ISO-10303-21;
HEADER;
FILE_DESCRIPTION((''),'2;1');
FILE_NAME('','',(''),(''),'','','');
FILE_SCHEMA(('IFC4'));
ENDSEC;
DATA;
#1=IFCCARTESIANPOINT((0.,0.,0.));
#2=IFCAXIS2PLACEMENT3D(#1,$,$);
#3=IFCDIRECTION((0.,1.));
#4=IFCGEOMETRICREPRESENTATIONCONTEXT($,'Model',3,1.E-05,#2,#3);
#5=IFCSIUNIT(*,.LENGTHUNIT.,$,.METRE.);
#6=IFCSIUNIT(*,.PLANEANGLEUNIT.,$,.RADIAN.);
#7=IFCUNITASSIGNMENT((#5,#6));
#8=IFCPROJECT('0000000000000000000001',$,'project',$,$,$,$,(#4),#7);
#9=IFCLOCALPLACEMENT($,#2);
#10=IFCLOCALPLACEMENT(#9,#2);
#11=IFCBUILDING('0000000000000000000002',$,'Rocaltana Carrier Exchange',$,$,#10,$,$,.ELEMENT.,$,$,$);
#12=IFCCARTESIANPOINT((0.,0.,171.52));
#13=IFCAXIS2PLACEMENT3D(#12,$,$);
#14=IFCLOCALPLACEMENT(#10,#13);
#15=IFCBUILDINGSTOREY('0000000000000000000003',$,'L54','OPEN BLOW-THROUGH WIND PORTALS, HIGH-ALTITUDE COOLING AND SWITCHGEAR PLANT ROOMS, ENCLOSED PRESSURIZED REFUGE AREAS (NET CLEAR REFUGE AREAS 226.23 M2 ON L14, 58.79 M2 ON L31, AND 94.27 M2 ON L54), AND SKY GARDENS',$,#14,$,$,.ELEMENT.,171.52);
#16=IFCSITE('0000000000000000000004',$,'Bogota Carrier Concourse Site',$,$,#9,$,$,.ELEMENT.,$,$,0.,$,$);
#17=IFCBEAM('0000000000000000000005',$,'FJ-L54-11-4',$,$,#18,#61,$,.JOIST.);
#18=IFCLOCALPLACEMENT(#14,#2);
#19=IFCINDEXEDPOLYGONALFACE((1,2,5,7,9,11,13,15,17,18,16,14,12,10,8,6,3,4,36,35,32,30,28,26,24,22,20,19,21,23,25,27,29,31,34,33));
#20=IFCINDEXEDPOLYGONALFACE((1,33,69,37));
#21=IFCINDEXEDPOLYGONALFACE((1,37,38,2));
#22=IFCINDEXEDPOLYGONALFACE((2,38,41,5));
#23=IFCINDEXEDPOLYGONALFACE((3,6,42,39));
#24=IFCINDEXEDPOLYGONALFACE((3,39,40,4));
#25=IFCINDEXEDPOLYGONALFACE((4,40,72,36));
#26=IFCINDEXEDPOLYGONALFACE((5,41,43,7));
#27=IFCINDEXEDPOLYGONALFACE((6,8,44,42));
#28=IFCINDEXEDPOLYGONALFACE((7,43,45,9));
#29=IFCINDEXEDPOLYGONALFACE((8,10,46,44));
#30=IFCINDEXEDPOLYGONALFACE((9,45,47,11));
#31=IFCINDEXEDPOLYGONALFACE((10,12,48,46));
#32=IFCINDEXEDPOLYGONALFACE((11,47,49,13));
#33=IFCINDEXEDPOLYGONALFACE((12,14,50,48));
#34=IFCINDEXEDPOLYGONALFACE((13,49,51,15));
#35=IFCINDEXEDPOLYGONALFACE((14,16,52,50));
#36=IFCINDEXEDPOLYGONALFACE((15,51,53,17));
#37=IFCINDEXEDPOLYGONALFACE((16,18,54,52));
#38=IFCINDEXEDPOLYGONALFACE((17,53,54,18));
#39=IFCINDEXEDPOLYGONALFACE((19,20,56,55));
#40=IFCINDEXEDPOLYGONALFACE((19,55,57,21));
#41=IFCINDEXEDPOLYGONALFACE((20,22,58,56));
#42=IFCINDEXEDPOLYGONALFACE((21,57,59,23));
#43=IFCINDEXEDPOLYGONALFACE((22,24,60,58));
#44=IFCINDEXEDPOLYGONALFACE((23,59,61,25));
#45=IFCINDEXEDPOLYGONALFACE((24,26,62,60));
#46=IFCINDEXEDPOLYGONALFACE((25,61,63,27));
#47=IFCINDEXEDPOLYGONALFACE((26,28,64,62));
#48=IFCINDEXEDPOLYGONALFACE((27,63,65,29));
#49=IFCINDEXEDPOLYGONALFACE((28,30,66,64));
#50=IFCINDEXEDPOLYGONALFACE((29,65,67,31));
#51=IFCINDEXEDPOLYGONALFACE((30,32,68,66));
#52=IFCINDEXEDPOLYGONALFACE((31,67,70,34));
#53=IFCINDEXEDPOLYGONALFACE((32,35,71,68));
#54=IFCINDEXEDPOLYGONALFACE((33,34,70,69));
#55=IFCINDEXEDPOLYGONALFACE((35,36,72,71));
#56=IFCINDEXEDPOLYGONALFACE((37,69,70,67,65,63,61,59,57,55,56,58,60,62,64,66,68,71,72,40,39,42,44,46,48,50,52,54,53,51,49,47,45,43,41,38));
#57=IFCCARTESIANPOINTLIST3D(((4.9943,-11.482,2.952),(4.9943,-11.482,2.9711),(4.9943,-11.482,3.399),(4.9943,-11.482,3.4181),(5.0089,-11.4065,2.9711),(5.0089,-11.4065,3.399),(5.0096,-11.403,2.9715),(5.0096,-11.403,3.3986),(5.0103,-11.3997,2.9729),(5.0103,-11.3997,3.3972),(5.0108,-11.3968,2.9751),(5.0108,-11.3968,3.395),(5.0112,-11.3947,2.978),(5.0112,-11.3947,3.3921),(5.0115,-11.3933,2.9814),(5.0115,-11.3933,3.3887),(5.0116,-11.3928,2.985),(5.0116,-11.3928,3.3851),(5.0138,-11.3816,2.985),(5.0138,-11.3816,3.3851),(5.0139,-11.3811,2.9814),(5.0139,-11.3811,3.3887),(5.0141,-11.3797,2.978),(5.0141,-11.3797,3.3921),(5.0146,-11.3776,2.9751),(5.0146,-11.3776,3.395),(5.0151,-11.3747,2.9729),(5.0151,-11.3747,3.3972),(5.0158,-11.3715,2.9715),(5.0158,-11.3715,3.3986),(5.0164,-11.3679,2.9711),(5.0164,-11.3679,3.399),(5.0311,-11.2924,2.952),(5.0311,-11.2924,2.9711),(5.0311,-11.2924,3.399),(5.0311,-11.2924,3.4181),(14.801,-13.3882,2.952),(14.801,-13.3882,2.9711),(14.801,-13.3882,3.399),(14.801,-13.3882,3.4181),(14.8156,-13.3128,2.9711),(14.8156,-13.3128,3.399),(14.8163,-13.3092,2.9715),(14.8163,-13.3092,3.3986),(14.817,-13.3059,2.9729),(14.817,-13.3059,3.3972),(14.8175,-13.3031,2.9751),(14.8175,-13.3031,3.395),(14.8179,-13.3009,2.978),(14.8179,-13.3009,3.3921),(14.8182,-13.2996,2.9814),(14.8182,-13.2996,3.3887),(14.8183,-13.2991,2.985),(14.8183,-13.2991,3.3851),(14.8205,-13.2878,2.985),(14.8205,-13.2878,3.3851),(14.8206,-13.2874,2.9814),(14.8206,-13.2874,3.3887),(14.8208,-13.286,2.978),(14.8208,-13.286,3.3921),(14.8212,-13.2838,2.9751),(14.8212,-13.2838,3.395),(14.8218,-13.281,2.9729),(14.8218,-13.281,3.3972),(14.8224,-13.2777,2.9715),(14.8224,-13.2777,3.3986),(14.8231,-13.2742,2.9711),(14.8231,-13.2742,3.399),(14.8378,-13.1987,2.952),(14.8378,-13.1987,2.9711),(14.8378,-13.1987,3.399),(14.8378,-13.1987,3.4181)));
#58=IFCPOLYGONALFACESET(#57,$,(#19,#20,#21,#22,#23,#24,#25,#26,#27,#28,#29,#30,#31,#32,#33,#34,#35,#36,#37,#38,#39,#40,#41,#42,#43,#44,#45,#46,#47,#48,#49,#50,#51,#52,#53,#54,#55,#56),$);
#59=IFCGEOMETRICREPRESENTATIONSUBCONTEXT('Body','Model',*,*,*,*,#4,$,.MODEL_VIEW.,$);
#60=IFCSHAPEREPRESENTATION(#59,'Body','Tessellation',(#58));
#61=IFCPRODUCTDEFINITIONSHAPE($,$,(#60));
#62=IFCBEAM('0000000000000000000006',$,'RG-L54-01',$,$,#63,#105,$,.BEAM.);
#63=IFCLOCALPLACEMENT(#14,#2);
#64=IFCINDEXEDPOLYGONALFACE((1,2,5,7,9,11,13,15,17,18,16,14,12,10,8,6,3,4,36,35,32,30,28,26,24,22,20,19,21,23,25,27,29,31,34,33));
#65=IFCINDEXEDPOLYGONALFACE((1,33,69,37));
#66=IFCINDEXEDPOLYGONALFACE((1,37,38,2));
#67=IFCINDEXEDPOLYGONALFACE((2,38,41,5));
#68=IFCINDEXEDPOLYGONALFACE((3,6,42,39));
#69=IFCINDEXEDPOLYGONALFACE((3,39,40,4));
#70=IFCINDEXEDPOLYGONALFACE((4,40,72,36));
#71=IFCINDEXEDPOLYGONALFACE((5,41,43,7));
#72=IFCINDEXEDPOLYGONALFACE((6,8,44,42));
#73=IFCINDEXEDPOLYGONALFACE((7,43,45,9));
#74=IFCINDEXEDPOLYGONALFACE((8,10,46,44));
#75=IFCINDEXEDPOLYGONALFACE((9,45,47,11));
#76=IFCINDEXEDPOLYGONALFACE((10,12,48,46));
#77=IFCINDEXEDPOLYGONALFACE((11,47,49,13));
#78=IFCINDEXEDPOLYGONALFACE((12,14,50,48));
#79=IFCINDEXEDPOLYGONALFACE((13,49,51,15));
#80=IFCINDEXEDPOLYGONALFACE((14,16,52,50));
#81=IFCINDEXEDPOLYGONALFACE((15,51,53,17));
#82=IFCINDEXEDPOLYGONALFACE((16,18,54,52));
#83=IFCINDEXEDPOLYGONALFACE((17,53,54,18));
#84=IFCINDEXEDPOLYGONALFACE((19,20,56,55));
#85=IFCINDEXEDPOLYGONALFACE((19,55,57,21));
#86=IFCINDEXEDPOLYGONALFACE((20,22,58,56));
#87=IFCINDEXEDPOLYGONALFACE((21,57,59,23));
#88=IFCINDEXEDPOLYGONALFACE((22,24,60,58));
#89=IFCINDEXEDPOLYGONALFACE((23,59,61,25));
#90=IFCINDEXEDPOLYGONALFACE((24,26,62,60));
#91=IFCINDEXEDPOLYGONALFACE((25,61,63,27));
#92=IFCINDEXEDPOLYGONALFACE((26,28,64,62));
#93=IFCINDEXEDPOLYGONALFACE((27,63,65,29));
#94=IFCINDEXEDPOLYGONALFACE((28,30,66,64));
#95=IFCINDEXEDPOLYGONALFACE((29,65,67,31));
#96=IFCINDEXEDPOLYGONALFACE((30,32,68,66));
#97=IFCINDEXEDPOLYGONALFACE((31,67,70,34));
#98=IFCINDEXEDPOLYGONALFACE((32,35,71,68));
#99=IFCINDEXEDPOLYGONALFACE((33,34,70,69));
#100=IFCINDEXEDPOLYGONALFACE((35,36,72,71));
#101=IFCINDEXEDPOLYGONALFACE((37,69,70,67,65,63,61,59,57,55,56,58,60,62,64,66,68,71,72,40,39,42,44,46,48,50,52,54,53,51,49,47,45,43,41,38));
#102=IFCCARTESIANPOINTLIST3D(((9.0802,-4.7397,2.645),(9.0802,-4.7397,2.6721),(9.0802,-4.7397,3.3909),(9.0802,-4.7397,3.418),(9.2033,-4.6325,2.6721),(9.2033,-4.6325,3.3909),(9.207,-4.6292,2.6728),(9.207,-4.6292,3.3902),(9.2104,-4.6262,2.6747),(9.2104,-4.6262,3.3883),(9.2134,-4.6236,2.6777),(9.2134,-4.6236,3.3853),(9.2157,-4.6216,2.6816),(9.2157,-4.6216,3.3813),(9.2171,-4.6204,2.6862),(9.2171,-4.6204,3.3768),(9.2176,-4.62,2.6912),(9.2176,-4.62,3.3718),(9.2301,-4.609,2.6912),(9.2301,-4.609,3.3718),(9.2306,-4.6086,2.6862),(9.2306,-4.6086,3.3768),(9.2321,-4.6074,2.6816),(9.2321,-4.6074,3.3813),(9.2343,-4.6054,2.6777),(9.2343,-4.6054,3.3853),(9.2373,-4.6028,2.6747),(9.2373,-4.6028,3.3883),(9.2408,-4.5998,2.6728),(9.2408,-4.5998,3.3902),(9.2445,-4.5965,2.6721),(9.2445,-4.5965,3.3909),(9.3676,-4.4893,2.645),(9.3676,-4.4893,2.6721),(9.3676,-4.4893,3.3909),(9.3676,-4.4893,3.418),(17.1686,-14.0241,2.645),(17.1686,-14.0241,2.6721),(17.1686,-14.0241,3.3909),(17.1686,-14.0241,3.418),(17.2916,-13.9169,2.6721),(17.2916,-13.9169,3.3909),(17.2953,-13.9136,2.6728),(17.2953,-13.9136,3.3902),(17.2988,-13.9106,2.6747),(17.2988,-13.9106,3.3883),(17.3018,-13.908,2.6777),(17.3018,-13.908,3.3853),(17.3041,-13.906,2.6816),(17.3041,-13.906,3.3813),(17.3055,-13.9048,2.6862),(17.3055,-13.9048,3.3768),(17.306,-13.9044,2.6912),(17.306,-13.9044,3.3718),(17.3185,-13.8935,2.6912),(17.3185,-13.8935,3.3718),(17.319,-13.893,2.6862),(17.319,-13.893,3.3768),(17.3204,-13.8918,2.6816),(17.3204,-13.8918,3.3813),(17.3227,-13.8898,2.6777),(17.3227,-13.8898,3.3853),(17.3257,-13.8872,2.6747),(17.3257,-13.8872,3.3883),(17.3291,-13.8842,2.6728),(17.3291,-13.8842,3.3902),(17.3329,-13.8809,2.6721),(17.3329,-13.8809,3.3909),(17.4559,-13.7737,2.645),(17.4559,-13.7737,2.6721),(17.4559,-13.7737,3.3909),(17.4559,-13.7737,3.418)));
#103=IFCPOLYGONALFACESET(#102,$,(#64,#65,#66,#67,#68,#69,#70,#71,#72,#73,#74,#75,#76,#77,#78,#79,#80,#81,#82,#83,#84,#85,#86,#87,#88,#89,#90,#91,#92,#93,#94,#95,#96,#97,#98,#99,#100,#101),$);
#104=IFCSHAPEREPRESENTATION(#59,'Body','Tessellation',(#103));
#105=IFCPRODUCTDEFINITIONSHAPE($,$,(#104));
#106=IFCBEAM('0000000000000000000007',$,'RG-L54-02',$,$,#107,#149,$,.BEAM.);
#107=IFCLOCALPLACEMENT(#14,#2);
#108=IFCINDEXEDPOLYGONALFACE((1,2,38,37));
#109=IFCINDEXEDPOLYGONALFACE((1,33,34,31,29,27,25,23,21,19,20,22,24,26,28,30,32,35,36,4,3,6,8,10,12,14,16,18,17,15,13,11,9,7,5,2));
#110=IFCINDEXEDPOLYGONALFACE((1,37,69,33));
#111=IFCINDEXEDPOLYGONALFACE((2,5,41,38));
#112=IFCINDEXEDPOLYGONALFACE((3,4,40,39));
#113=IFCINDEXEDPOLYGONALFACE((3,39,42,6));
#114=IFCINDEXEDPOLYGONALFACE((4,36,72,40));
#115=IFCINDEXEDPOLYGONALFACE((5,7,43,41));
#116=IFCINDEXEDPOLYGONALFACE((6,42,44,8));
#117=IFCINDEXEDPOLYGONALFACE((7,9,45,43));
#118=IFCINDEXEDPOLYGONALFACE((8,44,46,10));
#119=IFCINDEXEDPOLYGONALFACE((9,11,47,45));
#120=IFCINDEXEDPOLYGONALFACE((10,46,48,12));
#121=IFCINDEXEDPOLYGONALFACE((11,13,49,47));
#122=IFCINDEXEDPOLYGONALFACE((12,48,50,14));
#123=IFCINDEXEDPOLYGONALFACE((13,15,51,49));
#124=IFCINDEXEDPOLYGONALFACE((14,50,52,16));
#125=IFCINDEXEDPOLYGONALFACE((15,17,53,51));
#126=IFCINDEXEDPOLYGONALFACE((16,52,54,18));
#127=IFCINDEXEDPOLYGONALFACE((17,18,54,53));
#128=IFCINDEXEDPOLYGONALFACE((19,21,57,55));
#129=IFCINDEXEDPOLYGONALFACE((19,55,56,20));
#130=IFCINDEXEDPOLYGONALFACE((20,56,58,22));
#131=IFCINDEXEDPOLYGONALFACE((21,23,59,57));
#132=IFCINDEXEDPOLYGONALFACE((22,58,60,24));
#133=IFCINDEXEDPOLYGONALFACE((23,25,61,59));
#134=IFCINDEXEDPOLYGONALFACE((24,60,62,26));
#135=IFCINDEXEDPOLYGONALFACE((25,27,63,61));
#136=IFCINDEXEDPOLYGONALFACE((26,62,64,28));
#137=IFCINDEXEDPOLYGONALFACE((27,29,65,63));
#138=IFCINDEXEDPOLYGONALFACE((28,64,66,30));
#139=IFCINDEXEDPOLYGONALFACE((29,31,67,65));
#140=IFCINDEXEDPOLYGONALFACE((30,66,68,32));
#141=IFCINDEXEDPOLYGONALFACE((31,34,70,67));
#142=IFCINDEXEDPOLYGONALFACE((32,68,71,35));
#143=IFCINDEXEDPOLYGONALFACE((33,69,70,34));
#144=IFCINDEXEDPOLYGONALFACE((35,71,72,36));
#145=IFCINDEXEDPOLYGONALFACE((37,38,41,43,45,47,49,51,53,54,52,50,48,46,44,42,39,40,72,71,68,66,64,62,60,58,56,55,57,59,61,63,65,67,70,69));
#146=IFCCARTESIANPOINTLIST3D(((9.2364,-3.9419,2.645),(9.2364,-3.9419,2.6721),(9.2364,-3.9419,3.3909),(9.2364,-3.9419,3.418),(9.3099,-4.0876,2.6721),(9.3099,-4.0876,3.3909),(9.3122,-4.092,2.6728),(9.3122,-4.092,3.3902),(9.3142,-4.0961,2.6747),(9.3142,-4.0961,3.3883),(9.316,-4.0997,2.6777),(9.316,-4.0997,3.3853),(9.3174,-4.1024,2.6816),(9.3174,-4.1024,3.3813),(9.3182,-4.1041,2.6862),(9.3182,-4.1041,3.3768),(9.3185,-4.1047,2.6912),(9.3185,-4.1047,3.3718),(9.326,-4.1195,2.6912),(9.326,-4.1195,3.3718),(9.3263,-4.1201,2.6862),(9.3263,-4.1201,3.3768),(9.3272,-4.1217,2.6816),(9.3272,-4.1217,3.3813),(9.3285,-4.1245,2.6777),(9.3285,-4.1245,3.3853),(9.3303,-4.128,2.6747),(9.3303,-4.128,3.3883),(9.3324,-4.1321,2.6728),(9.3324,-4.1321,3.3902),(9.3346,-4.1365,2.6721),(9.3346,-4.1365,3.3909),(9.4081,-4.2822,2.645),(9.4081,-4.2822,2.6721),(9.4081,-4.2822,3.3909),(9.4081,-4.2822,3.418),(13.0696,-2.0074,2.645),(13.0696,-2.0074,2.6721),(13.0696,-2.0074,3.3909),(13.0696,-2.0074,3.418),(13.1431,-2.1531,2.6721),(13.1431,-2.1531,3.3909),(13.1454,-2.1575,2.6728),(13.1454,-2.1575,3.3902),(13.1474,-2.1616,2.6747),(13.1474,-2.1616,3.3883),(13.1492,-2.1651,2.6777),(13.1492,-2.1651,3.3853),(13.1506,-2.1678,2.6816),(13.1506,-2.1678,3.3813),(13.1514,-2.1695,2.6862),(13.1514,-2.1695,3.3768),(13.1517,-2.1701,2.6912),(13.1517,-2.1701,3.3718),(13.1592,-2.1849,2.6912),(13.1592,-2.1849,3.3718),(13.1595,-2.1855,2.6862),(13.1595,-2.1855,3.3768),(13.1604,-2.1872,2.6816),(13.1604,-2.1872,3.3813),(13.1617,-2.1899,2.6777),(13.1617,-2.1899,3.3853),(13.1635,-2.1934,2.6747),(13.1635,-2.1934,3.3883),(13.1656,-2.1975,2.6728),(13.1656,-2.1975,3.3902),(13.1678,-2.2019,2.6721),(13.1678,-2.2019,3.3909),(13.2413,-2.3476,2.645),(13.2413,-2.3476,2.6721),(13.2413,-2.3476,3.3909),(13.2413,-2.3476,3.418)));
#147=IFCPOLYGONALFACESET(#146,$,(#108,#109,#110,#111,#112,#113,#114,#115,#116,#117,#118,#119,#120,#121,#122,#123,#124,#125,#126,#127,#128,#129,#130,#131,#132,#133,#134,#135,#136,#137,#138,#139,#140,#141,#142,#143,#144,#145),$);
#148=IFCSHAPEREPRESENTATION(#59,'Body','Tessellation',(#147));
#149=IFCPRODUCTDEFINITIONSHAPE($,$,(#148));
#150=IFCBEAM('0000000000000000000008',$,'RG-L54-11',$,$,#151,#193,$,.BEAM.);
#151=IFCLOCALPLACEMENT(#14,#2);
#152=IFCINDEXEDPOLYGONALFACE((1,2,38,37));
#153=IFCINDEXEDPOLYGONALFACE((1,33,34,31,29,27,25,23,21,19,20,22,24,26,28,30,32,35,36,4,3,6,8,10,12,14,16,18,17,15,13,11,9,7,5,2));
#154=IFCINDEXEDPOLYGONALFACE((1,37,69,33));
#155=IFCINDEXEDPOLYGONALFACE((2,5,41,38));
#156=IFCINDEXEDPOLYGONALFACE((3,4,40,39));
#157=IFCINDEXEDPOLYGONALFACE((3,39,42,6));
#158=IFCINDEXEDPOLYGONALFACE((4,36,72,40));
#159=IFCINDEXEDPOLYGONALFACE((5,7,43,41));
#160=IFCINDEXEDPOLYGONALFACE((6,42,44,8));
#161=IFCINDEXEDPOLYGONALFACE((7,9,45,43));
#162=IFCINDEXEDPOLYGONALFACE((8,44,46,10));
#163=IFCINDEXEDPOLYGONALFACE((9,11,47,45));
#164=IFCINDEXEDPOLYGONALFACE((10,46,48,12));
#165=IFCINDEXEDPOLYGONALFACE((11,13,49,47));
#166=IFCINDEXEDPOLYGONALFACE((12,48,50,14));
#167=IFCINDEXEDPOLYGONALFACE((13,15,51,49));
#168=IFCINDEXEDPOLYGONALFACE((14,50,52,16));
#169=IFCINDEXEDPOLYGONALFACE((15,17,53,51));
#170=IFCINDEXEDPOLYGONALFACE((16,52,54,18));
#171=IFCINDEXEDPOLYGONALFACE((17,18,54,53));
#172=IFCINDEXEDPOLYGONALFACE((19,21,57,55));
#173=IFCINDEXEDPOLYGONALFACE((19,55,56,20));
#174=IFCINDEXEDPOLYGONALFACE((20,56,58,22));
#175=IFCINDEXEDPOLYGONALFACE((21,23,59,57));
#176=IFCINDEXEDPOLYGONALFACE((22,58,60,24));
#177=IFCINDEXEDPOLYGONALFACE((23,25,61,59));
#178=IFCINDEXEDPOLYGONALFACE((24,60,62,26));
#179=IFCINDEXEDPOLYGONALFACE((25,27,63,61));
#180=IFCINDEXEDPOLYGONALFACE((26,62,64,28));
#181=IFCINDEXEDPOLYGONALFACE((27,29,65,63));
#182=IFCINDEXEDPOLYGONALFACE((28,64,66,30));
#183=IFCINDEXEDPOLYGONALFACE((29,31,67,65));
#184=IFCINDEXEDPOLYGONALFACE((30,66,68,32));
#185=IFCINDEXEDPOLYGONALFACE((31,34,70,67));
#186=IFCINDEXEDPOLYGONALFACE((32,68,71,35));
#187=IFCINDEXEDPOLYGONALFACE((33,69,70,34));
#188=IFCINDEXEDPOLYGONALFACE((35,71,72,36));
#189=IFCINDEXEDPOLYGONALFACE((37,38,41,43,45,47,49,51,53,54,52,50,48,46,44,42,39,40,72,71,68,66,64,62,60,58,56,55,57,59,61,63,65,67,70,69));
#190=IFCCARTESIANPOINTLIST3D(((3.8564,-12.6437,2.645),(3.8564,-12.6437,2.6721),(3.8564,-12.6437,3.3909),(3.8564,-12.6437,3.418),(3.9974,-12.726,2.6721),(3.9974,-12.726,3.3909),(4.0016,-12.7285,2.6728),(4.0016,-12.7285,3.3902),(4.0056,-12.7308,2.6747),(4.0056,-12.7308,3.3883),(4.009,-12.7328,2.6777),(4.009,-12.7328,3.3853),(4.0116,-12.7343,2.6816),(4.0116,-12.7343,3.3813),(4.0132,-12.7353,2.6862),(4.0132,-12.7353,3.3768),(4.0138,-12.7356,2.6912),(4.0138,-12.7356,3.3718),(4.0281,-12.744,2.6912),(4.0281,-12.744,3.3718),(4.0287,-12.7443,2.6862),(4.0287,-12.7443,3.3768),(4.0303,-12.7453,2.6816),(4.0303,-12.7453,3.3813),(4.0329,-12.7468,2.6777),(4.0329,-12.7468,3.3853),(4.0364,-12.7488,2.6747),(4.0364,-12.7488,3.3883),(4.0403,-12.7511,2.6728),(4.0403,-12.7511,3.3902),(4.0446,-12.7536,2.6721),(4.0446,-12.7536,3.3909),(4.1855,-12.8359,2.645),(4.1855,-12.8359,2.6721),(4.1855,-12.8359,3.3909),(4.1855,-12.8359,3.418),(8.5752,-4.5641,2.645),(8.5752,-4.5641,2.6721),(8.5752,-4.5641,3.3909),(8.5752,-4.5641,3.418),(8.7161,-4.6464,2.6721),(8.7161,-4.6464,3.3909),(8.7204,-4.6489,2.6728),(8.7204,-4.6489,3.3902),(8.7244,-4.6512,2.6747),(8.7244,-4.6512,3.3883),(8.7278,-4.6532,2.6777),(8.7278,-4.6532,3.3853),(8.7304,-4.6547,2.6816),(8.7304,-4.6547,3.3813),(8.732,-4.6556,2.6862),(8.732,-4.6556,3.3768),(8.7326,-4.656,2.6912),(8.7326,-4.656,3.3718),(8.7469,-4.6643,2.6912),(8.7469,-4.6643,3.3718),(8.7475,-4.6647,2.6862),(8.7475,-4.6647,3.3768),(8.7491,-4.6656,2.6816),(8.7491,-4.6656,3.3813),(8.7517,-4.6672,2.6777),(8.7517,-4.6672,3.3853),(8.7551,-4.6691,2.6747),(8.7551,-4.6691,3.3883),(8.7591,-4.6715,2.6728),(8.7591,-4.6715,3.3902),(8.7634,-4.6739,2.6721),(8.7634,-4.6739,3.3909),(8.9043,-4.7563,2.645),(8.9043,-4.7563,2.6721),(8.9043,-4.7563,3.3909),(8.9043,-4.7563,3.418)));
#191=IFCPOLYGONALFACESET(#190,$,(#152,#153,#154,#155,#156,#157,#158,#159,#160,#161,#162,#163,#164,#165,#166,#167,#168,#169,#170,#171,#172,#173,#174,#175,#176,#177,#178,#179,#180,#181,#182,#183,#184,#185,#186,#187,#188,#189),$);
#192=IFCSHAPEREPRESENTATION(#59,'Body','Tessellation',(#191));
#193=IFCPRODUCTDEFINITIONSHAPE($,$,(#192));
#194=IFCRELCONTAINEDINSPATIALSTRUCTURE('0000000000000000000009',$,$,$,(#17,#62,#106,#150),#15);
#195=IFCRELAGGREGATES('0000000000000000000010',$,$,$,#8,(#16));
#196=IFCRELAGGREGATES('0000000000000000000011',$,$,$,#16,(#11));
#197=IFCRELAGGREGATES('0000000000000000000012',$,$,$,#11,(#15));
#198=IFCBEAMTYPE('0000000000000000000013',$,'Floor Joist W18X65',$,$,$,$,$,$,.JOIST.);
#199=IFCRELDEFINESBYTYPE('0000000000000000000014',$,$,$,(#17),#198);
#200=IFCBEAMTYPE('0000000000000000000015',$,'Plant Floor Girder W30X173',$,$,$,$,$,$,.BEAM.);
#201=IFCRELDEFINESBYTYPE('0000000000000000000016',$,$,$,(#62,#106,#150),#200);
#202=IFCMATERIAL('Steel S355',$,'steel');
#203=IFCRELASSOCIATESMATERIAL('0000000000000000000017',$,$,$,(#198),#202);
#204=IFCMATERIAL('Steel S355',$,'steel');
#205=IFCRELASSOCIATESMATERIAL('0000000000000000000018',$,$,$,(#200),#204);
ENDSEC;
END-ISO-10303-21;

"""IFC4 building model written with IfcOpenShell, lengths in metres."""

from ifc_helpers import new_model, si_unit, direction, frame, origin, origin_2d, place, context, subcontext, project, spatial, i_section, extrude, material, material_profile, profile_set, type_object, element, save


model = new_model("IFC4")

# Units and contexts
model_context = context("Model", 3, precision=1e-05, world=origin(), true_north=direction((0.0, 1.0)))
body_context = subcontext(model_context, "Body", "Model", "MODEL_VIEW")
ifc_project = project(units=[si_unit("LENGTHUNIT", "METRE"), si_unit("PLANEANGLEUNIT", "RADIAN")], contexts=[model_context])

# Site, building, storey
site_placement = place(None, origin())
site = spatial("IfcSite", under=ifc_project, at=site_placement, Name="Bogota Carrier Concourse Site", CompositionType="ELEMENT", RefElevation=0.0)
building_placement = place(site_placement, origin())
building = spatial("IfcBuilding", under=site, at=building_placement, Name="Rocaltana Carrier Exchange", CompositionType="ELEMENT")
storey_placement = place(building_placement, frame((0.0, 0.0, 171.52)))
storey = spatial("IfcBuildingStorey", under=building, at=storey_placement, Name="L54", Description="OPEN BLOW-THROUGH WIND PORTALS, HIGH-ALTITUDE COOLING AND SWITCHGEAR PLANT ROOMS, ENCLOSED PRESSURIZED REFUGE AREAS (NET CLEAR REFUGE AREAS 226.23 M2 ON L14, 58.79 M2 ON L31, AND 94.27 M2 ON L54), AND SKY GARDENS", CompositionType="ELEMENT", Elevation=171.52)

# Beams
ifc_material_1 = material(Name="Steel S355", Category="steel")
ifc_material_profile_1 = material_profile(ifc_material_1, i_section(OverallWidth=0.1931, OverallDepth=0.4661, WebThickness=0.0115, FlangeThickness=0.019, FilletRadius=0.0139, at=origin_2d()), Name="W18X65")
ifc_profile_set_1 = profile_set([ifc_material_profile_1], Name="Steel S355")
beam_type_1 = type_object("IfcBeamType", Name="Floor Joist W18X65", PredefinedType="JOIST", material=ifc_profile_set_1)
beam_1_placement = place(storey_placement, frame((5.0127, -11.3872, 3.1851), z_axis=(0.981627, -0.190812, 0.0), x_axis=(0.190812, 0.981627, 0.0)))
element("IfcBeam", 1, at=beam_1_placement, inside=storey, type_object=beam_type_1, Name="FJ-L54-11-4", PredefinedType="JOIST", context=body_context, shape_type="SweptSolid", body=[
    extrude(i_section(OverallWidth=0.1931, OverallDepth=0.4661, WebThickness=0.0115, FlangeThickness=0.019, FilletRadius=0.0139, at=origin_2d()), origin(), (0.0, 0.0, 1.0), 9.9902),
])
ifc_material_2 = material(Name="Steel S355", Category="steel")
ifc_material_profile_2 = material_profile(ifc_material_2, i_section(OverallWidth=0.3811, OverallDepth=0.7729, WebThickness=0.0166, FlangeThickness=0.0271, FilletRadius=0.019, at=origin_2d()), Name="W30X173")
ifc_profile_set_2 = profile_set([ifc_material_profile_2], Name="Steel S355")
beam_type_2 = type_object("IfcBeamType", Name="Plant Floor Girder W30X173", PredefinedType="BEAM", material=ifc_profile_set_2)
beam_2_placement = place(storey_placement, frame((9.2239, -4.6145, 3.0315), z_axis=(0.656871, -0.754003, 0.0), x_axis=(0.754003, 0.656871, 0.0)))
element("IfcBeam", 2, at=beam_2_placement, inside=storey, type_object=beam_type_2, Name="RG-L54-01", PredefinedType="BEAM", context=body_context, shape_type="SweptSolid", body=[
    extrude(i_section(OverallWidth=0.3811, OverallDepth=0.7729, WebThickness=0.0166, FlangeThickness=0.0271, FilletRadius=0.019, at=origin_2d()), origin(), (0.0, 0.0, 1.0), 12.3135),
])
beam_3_placement = place(storey_placement, frame((9.3223, -4.1121, 3.0315), z_axis=(0.892749, 0.450554, 0.0), x_axis=(-0.450554, 0.892749, 0.0)))
element("IfcBeam", 3, at=beam_3_placement, inside=storey, type_object=beam_type_2, Name="RG-L54-02", PredefinedType="BEAM", context=body_context, shape_type="SweptSolid", body=[
    extrude(i_section(OverallWidth=0.3811, OverallDepth=0.7729, WebThickness=0.0166, FlangeThickness=0.0271, FilletRadius=0.019, at=origin_2d()), origin(), (0.0, 0.0, 1.0), 4.2937),
])
beam_4_placement = place(storey_placement, frame((8.7397, -4.6602, 3.0315), z_axis=(-0.504322, -0.863516, 0.0), x_axis=(0.863516, -0.504322, 0.0)))
element("IfcBeam", 4, at=beam_4_placement, inside=storey, type_object=beam_type_2, Name="RG-L54-11", PredefinedType="BEAM", context=body_context, shape_type="SweptSolid", body=[
    extrude(i_section(OverallWidth=0.3811, OverallDepth=0.7729, WebThickness=0.0166, FlangeThickness=0.0271, FilletRadius=0.019, at=origin_2d()), origin(), (0.0, 0.0, 1.0), 9.3567),
])

save(model, "model.ifc")
